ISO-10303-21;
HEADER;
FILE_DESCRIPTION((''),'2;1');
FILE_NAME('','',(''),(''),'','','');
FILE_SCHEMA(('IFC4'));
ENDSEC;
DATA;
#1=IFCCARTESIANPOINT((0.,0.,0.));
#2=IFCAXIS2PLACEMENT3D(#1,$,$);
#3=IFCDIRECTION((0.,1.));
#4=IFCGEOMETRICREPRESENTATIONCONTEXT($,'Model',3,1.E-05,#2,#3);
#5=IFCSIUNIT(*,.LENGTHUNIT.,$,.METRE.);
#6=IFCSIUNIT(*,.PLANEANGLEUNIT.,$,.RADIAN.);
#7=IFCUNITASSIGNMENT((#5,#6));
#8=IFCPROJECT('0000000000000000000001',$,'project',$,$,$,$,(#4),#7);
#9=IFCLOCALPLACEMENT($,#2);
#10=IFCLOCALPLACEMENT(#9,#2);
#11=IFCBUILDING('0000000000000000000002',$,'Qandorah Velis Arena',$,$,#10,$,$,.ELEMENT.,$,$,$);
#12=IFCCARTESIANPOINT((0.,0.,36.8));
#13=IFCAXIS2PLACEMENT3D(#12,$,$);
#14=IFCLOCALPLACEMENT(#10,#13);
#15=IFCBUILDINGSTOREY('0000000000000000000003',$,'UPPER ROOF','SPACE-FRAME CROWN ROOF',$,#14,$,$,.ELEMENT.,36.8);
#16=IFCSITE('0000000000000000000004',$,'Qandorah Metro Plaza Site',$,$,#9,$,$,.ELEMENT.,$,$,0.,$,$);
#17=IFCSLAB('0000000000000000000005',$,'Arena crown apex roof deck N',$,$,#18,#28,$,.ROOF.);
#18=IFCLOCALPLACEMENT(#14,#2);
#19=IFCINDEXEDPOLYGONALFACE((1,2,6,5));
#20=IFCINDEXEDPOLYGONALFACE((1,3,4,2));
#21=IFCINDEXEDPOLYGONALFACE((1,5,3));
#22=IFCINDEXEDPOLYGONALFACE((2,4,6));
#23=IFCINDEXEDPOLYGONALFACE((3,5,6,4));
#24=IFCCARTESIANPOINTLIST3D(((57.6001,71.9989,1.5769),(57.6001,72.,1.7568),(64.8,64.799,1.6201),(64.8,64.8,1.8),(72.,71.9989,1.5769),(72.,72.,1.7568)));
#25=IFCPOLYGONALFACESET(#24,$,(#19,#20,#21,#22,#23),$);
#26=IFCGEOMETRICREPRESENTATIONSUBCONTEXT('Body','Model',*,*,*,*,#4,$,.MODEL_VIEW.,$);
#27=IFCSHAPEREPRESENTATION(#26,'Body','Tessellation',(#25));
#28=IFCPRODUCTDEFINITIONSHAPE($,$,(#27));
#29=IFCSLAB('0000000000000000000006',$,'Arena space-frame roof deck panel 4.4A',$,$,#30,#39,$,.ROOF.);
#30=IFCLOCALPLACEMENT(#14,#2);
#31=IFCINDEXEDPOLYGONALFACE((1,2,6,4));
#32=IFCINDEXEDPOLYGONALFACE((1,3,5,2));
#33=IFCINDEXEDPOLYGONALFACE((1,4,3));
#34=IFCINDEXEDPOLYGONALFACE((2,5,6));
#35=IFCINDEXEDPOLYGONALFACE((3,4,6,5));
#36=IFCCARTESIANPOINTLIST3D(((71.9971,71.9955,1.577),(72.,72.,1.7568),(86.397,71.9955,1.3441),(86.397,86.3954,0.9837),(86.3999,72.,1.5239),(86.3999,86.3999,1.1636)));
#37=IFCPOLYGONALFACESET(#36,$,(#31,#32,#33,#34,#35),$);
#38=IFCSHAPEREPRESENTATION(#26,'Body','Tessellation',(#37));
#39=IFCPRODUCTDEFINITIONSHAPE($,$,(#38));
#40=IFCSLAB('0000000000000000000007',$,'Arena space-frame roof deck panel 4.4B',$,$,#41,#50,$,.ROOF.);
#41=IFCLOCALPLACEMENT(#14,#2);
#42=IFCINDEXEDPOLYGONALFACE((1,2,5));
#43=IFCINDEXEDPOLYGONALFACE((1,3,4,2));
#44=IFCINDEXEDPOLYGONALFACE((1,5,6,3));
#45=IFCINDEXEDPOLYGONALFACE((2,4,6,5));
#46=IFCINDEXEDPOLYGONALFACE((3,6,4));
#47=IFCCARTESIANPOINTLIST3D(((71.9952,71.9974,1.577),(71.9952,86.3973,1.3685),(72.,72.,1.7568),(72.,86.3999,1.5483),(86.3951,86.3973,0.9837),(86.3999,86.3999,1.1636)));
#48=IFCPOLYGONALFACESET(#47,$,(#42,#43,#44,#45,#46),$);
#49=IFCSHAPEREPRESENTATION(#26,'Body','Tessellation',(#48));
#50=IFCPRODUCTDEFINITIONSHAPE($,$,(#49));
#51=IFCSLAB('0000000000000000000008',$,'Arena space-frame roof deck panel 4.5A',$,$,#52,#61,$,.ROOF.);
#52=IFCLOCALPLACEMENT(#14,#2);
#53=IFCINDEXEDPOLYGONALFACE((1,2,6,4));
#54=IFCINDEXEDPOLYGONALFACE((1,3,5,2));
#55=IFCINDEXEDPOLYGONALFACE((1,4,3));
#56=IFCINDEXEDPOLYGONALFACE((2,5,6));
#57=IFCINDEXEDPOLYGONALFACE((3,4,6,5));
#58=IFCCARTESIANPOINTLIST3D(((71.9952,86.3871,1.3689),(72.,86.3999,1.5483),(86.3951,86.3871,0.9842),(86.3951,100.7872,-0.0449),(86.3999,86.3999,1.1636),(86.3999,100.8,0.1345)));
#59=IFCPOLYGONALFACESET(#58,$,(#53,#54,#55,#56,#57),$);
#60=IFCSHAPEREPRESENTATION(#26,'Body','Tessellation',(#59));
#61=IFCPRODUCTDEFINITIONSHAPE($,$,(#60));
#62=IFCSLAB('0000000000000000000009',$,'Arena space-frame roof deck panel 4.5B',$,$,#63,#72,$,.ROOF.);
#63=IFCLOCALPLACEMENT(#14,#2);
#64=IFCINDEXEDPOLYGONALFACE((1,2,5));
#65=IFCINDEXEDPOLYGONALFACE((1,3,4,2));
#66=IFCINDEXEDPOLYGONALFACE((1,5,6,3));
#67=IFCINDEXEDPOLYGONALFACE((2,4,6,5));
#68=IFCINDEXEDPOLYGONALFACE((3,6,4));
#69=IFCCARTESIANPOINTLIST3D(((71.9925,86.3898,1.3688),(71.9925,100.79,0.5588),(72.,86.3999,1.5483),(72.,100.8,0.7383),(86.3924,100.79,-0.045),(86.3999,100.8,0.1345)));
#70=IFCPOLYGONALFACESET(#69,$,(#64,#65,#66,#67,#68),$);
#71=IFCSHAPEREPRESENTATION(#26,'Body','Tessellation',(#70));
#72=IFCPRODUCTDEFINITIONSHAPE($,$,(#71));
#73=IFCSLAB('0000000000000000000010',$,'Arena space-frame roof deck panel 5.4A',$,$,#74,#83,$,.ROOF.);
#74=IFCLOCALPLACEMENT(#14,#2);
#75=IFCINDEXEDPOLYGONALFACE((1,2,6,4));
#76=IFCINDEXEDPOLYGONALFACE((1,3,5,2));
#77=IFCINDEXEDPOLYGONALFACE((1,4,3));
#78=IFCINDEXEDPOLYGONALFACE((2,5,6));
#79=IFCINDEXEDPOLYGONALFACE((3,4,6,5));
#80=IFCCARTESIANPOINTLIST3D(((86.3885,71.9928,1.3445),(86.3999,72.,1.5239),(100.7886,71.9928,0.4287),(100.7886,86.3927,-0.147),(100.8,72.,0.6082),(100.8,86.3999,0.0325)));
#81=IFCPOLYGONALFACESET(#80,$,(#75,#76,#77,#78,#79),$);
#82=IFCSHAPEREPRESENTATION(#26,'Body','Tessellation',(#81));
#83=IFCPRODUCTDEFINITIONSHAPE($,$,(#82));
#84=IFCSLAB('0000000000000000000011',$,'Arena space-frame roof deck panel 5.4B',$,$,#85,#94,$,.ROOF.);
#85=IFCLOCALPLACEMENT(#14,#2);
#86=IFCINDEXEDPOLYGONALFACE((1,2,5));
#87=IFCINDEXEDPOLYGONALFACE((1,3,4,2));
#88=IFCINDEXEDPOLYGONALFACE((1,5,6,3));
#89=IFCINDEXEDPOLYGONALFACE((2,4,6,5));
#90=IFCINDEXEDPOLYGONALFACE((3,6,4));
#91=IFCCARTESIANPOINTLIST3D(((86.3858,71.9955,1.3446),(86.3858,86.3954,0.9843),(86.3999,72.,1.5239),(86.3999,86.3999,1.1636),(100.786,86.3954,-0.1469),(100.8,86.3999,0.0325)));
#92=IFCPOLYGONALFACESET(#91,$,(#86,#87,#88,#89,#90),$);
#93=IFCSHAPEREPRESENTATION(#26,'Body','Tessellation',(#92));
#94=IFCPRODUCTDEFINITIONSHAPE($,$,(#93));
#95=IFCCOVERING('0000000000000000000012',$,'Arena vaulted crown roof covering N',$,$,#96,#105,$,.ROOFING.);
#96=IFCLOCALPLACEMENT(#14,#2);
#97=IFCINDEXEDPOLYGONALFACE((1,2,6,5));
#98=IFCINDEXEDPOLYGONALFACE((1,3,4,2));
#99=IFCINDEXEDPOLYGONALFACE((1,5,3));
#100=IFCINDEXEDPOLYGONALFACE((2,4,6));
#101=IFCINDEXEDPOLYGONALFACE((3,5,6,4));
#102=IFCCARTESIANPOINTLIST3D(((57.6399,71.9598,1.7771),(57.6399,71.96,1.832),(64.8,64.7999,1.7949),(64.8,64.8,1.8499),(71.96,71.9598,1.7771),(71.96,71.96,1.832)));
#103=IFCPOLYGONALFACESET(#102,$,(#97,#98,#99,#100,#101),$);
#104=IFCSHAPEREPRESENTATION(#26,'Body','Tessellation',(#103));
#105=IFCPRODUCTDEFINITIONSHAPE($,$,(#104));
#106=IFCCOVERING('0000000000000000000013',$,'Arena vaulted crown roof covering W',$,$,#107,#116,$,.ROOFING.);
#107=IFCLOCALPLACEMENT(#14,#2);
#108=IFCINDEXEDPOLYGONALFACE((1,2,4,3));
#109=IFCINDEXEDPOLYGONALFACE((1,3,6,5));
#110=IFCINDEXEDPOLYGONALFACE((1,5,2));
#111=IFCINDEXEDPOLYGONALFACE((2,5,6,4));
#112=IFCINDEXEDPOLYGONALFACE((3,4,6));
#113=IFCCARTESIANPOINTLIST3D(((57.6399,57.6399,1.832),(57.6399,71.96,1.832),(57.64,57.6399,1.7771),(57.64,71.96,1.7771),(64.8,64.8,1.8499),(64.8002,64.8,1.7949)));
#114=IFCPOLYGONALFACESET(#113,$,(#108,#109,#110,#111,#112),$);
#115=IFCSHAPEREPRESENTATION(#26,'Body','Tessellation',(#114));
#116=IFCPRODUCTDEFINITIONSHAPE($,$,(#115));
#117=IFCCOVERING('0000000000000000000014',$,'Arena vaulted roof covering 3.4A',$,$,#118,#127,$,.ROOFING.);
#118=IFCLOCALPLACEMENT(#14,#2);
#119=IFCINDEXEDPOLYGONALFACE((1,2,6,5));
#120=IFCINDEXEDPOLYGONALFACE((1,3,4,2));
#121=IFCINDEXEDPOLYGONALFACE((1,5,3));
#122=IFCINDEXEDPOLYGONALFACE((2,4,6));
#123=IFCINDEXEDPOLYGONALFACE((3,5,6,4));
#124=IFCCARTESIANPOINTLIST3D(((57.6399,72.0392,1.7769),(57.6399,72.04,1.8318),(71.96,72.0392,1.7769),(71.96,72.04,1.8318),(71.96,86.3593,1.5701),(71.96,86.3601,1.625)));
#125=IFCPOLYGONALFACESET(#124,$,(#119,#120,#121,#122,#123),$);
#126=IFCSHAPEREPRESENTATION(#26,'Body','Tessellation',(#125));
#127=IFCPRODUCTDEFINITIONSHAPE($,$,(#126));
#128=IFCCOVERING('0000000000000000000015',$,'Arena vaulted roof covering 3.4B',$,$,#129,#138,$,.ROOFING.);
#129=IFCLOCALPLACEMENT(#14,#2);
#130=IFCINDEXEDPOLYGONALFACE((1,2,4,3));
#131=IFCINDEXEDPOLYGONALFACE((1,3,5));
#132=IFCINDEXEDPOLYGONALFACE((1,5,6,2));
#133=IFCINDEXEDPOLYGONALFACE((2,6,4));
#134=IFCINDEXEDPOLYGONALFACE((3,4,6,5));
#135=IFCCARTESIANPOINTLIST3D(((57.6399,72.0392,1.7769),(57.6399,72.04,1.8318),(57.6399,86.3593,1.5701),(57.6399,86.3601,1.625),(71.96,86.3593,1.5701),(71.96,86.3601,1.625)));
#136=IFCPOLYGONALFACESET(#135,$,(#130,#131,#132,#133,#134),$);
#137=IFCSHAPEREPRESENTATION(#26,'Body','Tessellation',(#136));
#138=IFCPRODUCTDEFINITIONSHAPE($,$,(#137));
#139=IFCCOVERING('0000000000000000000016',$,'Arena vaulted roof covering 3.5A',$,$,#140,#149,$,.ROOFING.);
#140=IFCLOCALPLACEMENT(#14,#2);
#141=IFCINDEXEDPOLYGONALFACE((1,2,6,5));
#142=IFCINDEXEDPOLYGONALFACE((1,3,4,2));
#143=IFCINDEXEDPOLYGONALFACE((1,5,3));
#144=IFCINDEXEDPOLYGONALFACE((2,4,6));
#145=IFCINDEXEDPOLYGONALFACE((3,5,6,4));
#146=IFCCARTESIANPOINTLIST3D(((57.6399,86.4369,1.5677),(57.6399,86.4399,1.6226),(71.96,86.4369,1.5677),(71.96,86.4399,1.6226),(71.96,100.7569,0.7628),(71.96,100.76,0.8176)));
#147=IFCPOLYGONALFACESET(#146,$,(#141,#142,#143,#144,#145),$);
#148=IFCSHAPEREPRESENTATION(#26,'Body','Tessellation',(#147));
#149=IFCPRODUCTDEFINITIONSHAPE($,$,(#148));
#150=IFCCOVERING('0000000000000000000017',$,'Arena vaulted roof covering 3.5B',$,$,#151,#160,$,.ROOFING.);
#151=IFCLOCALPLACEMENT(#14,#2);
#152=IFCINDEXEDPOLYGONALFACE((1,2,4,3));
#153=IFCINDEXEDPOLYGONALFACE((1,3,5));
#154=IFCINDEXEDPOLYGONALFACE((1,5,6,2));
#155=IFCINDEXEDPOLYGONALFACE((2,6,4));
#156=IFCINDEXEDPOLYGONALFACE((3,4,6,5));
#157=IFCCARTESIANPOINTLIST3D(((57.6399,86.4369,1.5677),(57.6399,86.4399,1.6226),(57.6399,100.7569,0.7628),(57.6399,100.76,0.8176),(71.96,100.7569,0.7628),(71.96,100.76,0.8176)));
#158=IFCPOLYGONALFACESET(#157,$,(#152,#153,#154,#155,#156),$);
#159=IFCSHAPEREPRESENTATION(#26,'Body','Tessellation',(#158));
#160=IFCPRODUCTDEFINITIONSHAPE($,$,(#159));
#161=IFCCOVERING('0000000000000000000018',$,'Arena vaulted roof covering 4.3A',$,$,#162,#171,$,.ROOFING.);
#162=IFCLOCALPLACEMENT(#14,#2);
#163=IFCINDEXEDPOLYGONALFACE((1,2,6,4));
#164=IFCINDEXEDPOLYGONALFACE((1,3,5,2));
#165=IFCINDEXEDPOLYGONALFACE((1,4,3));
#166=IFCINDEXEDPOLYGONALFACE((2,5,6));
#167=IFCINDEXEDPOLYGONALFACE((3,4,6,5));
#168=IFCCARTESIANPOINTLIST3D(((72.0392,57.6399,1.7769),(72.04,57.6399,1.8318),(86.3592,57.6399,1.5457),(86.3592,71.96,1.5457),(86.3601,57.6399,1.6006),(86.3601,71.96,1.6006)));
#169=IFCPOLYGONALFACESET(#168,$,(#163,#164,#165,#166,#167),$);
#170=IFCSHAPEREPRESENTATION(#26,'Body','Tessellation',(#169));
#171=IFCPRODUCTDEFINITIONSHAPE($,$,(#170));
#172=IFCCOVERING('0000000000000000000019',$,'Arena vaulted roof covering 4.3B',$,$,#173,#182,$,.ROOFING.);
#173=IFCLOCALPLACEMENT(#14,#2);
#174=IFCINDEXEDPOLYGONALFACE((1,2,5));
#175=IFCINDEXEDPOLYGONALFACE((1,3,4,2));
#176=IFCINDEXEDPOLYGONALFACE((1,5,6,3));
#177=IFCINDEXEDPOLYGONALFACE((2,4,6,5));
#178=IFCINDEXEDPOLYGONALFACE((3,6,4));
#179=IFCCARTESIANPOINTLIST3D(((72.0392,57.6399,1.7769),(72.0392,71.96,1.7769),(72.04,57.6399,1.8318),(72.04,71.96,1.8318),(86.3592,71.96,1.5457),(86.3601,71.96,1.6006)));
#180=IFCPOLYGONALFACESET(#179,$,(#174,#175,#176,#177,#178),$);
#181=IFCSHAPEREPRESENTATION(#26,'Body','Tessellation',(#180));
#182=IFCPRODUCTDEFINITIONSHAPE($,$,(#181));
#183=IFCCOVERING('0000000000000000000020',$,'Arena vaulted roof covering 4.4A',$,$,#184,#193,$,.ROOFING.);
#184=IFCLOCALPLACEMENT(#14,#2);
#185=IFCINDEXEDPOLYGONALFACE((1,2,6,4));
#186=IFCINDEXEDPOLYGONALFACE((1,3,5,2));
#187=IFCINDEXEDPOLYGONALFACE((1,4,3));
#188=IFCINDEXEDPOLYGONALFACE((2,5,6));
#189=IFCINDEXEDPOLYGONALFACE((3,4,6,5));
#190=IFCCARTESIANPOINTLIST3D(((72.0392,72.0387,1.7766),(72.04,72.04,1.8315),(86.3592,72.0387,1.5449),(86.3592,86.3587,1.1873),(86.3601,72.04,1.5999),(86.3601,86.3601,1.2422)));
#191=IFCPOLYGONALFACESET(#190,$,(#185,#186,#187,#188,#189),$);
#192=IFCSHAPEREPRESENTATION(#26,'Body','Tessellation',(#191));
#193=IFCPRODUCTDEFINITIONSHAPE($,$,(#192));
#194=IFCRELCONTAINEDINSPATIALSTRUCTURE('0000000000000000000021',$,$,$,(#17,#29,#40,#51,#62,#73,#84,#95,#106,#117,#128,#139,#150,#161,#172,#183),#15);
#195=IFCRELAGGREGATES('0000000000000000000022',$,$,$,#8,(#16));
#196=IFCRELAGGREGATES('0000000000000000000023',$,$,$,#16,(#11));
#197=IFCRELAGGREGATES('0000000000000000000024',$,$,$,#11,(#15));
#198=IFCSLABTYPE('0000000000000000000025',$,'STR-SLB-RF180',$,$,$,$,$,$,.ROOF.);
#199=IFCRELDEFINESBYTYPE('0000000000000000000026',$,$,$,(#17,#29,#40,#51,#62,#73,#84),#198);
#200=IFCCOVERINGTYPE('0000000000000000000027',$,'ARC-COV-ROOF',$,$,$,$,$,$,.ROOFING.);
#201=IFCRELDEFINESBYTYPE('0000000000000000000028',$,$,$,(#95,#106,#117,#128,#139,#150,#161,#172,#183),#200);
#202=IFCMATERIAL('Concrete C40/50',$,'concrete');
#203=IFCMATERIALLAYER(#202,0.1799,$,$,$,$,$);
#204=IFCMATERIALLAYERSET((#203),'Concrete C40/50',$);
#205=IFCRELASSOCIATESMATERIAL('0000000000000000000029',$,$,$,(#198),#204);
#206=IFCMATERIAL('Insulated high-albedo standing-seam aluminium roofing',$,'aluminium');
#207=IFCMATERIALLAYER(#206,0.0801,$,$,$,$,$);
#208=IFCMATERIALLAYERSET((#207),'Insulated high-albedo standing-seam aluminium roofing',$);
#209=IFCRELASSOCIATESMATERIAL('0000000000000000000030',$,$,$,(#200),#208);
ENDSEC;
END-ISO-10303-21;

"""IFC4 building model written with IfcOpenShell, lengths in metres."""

from ifc_helpers import new_model, si_unit, direction, frame, origin, place, context, subcontext, project, spatial, polyline, outline, extrude, material, layer, layer_set, type_object, element, save


model = new_model("IFC4")

# Units and contexts
model_context = context("Model", 3, precision=1e-05, world=origin(), true_north=direction((0.0, 1.0)))
body_context = subcontext(model_context, "Body", "Model", "MODEL_VIEW")
ifc_project = project(units=[si_unit("LENGTHUNIT", "METRE"), si_unit("PLANEANGLEUNIT", "RADIAN")], contexts=[model_context])

# Site, building, storey
site_placement = place(None, origin())
site = spatial("IfcSite", under=ifc_project, at=site_placement, Name="Qandorah Metro Plaza Site", CompositionType="ELEMENT", RefElevation=0.0)
building_placement = place(site_placement, origin())
building = spatial("IfcBuilding", under=site, at=building_placement, Name="Qandorah Velis Arena", CompositionType="ELEMENT")
storey_placement = place(building_placement, frame((0.0, 0.0, 36.8)))
storey = spatial("IfcBuildingStorey", under=building, at=storey_placement, Name="UPPER ROOF", Description="SPACE-FRAME CROWN ROOF", CompositionType="ELEMENT", Elevation=36.8)

# Slabs
ifc_material_1 = material(Name="Concrete C40/50", Category="concrete")
ifc_layer_1 = layer(ifc_material_1, 0.1799)
ifc_layer_set_1 = layer_set([ifc_layer_1], Name="Concrete C40/50")
slab_type = type_object("IfcSlabType", Name="STR-SLB-RF180", PredefinedType="ROOF", material=ifc_layer_set_1)
slab_1_placement = place(storey_placement, frame((72.0, 72.0, 1.7568), z_axis=(0.0, 0.006002, 0.999982), x_axis=(-1.0, 0.0, 0.0)))
element("IfcSlab", 1, at=slab_1_placement, inside=storey, type_object=slab_type, Name="Arena crown apex roof deck N", PredefinedType="ROOF", context=body_context, shape_type="SweptSolid", body=[
    extrude(outline(polyline([(0.0, 0.0), (14.3999, 0.0), (7.2, 7.2001), (0.0, 0.0)])), origin(), (0.0, 0.0, -1.0), 0.1799),
])
slab_2_placement = place(storey_placement, frame((72.0, 72.0, 1.7568), z_axis=(0.016167, 0.025013, 0.999556), x_axis=(0.999869, 0.0, -0.016172)))
element("IfcSlab", 2, at=slab_2_placement, inside=storey, type_object=slab_type, Name="Arena space-frame roof deck panel 4.4A", PredefinedType="ROOF", context=body_context, shape_type="SweptSolid", body=[
    extrude(outline(polyline([(0.0, 0.0), (14.4018, 0.0), (14.4076, 14.4044), (0.0, 0.0)])), origin(), (0.0, 0.0, -1.0), 0.1799),
])
slab_3_placement = place(storey_placement, frame((72.0, 72.0, 1.7568), z_axis=(0.026708, 0.014472, 0.999539), x_axis=(0.706807, 0.706807, -0.02912)))
element("IfcSlab", 3, at=slab_3_placement, inside=storey, type_object=slab_type, Name="Arena space-frame roof deck panel 4.4B", PredefinedType="ROOF", context=body_context, shape_type="SweptSolid", body=[
    extrude(outline(polyline([(0.0, 0.0), (20.3732, 0.0), (10.184, 10.1826), (0.0, 0.0)])), origin(), (0.0, 0.0, -1.0), 0.1799),
])
slab_4_placement = place(storey_placement, frame((72.0, 86.3999, 1.5483), z_axis=(0.026643, 0.071254, 0.997102), x_axis=(0.999643, 0.0, -0.02671)))
element("IfcSlab", 4, at=slab_4_placement, inside=storey, type_object=slab_type, Name="Arena space-frame roof deck panel 4.5A", PredefinedType="ROOF", context=body_context, shape_type="SweptSolid", body=[
    extrude(outline(polyline([(0.0, 0.0), (14.405, 0.0), (14.4325, 14.4368), (0.0, 0.0)])), origin(), (0.0, 0.0, -1.0), 0.1799),
])
slab_5_placement = place(storey_placement, frame((72.0, 86.3999, 1.5483), z_axis=(0.041825, 0.056116, 0.997548), x_axis=(0.705403, 0.705415, -0.069258)))
element("IfcSlab", 5, at=slab_5_placement, inside=storey, type_object=slab_type, Name="Arena space-frame roof deck panel 4.5B", PredefinedType="ROOF", context=body_context, shape_type="SweptSolid", body=[
    extrude(outline(polyline([(0.0, 0.0), (20.4137, 0.0), (10.2142, 10.1829), (0.0, 0.0)])), origin(), (0.0, 0.0, -1.0), 0.1799),
])
slab_6_placement = place(storey_placement, frame((86.3999, 72.0, 1.5239), z_axis=(0.063416, 0.039866, 0.997191), x_axis=(0.997984, 0.0, -0.063466)))
element("IfcSlab", 6, at=slab_6_placement, inside=storey, type_object=slab_type, Name="Arena space-frame roof deck panel 5.4A", PredefinedType="ROOF", context=body_context, shape_type="SweptSolid", body=[
    extrude(outline(polyline([(0.0, 0.0), (14.4292, 0.0), (14.4658, 14.4114), (0.0, 0.0)])), origin(), (0.0, 0.0, -1.0), 0.1799),
])
slab_7_placement = place(storey_placement, frame((86.3999, 72.0, 1.5239), z_axis=(0.078283, 0.02494, 0.996619), x_axis=(0.705224, 0.705212, -0.073042)))
element("IfcSlab", 7, at=slab_7_placement, inside=storey, type_object=slab_type, Name="Arena space-frame roof deck panel 5.4B", PredefinedType="ROOF", context=body_context, shape_type="SweptSolid", body=[
    extrude(outline(polyline([(0.0, 0.0), (20.4193, 0.0), (10.1813, 10.1896), (0.0, 0.0)])), origin(), (0.0, 0.0, -1.0), 0.1799),
])

# Coverings
ifc_material_2 = material(Name="Insulated high-albedo standing-seam aluminium roofing", Category="aluminium")
ifc_layer_2 = layer(ifc_material_2, 0.0801)
ifc_layer_set_2 = layer_set([ifc_layer_2], Name="Insulated high-albedo standing-seam aluminium roofing")
covering_type = type_object("IfcCoveringType", Name="ARC-COV-ROOF", PredefinedType="ROOFING", material=ifc_layer_set_2)
covering_1_placement = place(storey_placement, frame((71.96, 71.96, 1.832), z_axis=(0.0, 0.002489, 0.999997), x_axis=(-1.0, 0.0, 0.0)))
element("IfcCovering", 8, at=covering_1_placement, inside=storey, type_object=covering_type, Name="Arena vaulted crown roof covering N", PredefinedType="ROOFING", context=body_context, shape_type="SweptSolid", body=[
    extrude(outline(polyline([(0.0, 0.0), (14.3201, 0.0), (7.1599, 7.1599), (0.0, 0.0)])), origin(), (0.0, 0.0, -1.0), 0.0549),
])
covering_2_placement = place(storey_placement, frame((57.6399, 71.96, 1.832), z_axis=(-0.002489, 0.0, 0.999997), x_axis=(0.0, -1.0, 0.0)))
element("IfcCovering", 9, at=covering_2_placement, inside=storey, type_object=covering_type, Name="Arena vaulted crown roof covering W", PredefinedType="ROOFING", context=body_context, shape_type="SweptSolid", body=[
    extrude(outline(polyline([(0.0, 0.0), (14.3201, 0.0), (7.1599, 7.1602), (0.0, 0.0)])), origin(), (0.0, 0.0, -1.0), 0.0549),
])
covering_3_placement = place(storey_placement, frame((57.6399, 72.04, 1.8318), z_axis=(0.0, 0.014439, 0.999896), x_axis=(1.0, 0.0, 0.0)))
element("IfcCovering", 10, at=covering_3_placement, inside=storey, type_object=covering_type, Name="Arena vaulted roof covering 3.4A", PredefinedType="ROOFING", context=body_context, shape_type="SweptSolid", body=[
    extrude(outline(polyline([(0.0, 0.0), (14.3201, 0.0), (14.3201, 14.3216), (0.0, 0.0)])), origin(), (0.0, 0.0, -1.0), 0.0549),
])
covering_4_placement = place(storey_placement, frame((57.6399, 72.04, 1.8318), z_axis=(0.0, 0.014439, 0.999896), x_axis=(0.70707, 0.70707, -0.01021)))
element("IfcCovering", 11, at=covering_4_placement, inside=storey, type_object=covering_type, Name="Arena vaulted roof covering 3.4B", PredefinedType="ROOFING", context=body_context, shape_type="SweptSolid", body=[
    extrude(outline(polyline([(0.0, 0.0), (20.2527, 0.0), (10.1274, 10.1263), (0.0, 0.0)])), origin(), (0.0, 0.0, -1.0), 0.0549),
])
covering_5_placement = place(storey_placement, frame((57.6399, 86.4399, 1.6226), z_axis=(0.0, 0.056121, 0.998424), x_axis=(1.0, 0.0, 0.0)))
element("IfcCovering", 12, at=covering_5_placement, inside=storey, type_object=covering_type, Name="Arena vaulted roof covering 3.5A", PredefinedType="ROOFING", context=body_context, shape_type="SweptSolid", body=[
    extrude(outline(polyline([(0.0, 0.0), (14.3201, 0.0), (14.3201, 14.3427), (0.0, 0.0)])), origin(), (0.0, 0.0, -1.0), 0.0549),
])
covering_6_placement = place(storey_placement, frame((57.6399, 86.4399, 1.6226), z_axis=(0.0, 0.056121, 0.998424), x_axis=(0.706549, 0.706549, -0.039715)))
element("IfcCovering", 13, at=covering_6_placement, inside=storey, type_object=covering_type, Name="Arena vaulted roof covering 3.5B", PredefinedType="ROOFING", context=body_context, shape_type="SweptSolid", body=[
    extrude(outline(polyline([(0.0, 0.0), (20.2676, 0.0), (10.1498, 10.1338), (0.0, 0.0)])), origin(), (0.0, 0.0, -1.0), 0.0549),
])
covering_7_placement = place(storey_placement, frame((72.04, 57.6399, 1.8318), z_axis=(0.016143, 0.0, 0.99987), x_axis=(0.99987, 0.0, -0.016143)))
element("IfcCovering", 14, at=covering_7_placement, inside=storey, type_object=covering_type, Name="Arena vaulted roof covering 4.3A", PredefinedType="ROOFING", context=body_context, shape_type="SweptSolid", body=[
    extrude(outline(polyline([(0.0, 0.0), (14.3219, 0.0), (14.3219, 14.3201), (0.0, 0.0)])), origin(), (0.0, 0.0, -1.0), 0.0549),
])
covering_8_placement = place(storey_placement, frame((72.04, 57.6399, 1.8318), z_axis=(0.016143, 0.0, 0.99987), x_axis=(0.707061, 0.707061, -0.011416)))
element("IfcCovering", 15, at=covering_8_placement, inside=storey, type_object=covering_type, Name="Arena vaulted roof covering 4.3B", PredefinedType="ROOFING", context=body_context, shape_type="SweptSolid", body=[
    extrude(outline(polyline([(0.0, 0.0), (20.253, 0.0), (10.1252, 10.1265), (0.0, 0.0)])), origin(), (0.0, 0.0, -1.0), 0.0549),
])
covering_9_placement = place(storey_placement, frame((72.04, 72.04, 1.8315), z_axis=(0.016172, 0.024966, 0.999557), x_axis=(0.999869, 0.0, -0.016177)))
element("IfcCovering", 16, at=covering_9_placement, inside=storey, type_object=covering_type, Name="Arena vaulted roof covering 4.4A", PredefinedType="ROOFING", context=body_context, shape_type="SweptSolid", body=[
    extrude(outline(polyline([(0.0, 0.0), (14.3219, 0.0), (14.3277, 14.3245), (0.0, 0.0)])), origin(), (0.0, 0.0, -1.0), 0.0549),
])

save(model, "model.ifc")
